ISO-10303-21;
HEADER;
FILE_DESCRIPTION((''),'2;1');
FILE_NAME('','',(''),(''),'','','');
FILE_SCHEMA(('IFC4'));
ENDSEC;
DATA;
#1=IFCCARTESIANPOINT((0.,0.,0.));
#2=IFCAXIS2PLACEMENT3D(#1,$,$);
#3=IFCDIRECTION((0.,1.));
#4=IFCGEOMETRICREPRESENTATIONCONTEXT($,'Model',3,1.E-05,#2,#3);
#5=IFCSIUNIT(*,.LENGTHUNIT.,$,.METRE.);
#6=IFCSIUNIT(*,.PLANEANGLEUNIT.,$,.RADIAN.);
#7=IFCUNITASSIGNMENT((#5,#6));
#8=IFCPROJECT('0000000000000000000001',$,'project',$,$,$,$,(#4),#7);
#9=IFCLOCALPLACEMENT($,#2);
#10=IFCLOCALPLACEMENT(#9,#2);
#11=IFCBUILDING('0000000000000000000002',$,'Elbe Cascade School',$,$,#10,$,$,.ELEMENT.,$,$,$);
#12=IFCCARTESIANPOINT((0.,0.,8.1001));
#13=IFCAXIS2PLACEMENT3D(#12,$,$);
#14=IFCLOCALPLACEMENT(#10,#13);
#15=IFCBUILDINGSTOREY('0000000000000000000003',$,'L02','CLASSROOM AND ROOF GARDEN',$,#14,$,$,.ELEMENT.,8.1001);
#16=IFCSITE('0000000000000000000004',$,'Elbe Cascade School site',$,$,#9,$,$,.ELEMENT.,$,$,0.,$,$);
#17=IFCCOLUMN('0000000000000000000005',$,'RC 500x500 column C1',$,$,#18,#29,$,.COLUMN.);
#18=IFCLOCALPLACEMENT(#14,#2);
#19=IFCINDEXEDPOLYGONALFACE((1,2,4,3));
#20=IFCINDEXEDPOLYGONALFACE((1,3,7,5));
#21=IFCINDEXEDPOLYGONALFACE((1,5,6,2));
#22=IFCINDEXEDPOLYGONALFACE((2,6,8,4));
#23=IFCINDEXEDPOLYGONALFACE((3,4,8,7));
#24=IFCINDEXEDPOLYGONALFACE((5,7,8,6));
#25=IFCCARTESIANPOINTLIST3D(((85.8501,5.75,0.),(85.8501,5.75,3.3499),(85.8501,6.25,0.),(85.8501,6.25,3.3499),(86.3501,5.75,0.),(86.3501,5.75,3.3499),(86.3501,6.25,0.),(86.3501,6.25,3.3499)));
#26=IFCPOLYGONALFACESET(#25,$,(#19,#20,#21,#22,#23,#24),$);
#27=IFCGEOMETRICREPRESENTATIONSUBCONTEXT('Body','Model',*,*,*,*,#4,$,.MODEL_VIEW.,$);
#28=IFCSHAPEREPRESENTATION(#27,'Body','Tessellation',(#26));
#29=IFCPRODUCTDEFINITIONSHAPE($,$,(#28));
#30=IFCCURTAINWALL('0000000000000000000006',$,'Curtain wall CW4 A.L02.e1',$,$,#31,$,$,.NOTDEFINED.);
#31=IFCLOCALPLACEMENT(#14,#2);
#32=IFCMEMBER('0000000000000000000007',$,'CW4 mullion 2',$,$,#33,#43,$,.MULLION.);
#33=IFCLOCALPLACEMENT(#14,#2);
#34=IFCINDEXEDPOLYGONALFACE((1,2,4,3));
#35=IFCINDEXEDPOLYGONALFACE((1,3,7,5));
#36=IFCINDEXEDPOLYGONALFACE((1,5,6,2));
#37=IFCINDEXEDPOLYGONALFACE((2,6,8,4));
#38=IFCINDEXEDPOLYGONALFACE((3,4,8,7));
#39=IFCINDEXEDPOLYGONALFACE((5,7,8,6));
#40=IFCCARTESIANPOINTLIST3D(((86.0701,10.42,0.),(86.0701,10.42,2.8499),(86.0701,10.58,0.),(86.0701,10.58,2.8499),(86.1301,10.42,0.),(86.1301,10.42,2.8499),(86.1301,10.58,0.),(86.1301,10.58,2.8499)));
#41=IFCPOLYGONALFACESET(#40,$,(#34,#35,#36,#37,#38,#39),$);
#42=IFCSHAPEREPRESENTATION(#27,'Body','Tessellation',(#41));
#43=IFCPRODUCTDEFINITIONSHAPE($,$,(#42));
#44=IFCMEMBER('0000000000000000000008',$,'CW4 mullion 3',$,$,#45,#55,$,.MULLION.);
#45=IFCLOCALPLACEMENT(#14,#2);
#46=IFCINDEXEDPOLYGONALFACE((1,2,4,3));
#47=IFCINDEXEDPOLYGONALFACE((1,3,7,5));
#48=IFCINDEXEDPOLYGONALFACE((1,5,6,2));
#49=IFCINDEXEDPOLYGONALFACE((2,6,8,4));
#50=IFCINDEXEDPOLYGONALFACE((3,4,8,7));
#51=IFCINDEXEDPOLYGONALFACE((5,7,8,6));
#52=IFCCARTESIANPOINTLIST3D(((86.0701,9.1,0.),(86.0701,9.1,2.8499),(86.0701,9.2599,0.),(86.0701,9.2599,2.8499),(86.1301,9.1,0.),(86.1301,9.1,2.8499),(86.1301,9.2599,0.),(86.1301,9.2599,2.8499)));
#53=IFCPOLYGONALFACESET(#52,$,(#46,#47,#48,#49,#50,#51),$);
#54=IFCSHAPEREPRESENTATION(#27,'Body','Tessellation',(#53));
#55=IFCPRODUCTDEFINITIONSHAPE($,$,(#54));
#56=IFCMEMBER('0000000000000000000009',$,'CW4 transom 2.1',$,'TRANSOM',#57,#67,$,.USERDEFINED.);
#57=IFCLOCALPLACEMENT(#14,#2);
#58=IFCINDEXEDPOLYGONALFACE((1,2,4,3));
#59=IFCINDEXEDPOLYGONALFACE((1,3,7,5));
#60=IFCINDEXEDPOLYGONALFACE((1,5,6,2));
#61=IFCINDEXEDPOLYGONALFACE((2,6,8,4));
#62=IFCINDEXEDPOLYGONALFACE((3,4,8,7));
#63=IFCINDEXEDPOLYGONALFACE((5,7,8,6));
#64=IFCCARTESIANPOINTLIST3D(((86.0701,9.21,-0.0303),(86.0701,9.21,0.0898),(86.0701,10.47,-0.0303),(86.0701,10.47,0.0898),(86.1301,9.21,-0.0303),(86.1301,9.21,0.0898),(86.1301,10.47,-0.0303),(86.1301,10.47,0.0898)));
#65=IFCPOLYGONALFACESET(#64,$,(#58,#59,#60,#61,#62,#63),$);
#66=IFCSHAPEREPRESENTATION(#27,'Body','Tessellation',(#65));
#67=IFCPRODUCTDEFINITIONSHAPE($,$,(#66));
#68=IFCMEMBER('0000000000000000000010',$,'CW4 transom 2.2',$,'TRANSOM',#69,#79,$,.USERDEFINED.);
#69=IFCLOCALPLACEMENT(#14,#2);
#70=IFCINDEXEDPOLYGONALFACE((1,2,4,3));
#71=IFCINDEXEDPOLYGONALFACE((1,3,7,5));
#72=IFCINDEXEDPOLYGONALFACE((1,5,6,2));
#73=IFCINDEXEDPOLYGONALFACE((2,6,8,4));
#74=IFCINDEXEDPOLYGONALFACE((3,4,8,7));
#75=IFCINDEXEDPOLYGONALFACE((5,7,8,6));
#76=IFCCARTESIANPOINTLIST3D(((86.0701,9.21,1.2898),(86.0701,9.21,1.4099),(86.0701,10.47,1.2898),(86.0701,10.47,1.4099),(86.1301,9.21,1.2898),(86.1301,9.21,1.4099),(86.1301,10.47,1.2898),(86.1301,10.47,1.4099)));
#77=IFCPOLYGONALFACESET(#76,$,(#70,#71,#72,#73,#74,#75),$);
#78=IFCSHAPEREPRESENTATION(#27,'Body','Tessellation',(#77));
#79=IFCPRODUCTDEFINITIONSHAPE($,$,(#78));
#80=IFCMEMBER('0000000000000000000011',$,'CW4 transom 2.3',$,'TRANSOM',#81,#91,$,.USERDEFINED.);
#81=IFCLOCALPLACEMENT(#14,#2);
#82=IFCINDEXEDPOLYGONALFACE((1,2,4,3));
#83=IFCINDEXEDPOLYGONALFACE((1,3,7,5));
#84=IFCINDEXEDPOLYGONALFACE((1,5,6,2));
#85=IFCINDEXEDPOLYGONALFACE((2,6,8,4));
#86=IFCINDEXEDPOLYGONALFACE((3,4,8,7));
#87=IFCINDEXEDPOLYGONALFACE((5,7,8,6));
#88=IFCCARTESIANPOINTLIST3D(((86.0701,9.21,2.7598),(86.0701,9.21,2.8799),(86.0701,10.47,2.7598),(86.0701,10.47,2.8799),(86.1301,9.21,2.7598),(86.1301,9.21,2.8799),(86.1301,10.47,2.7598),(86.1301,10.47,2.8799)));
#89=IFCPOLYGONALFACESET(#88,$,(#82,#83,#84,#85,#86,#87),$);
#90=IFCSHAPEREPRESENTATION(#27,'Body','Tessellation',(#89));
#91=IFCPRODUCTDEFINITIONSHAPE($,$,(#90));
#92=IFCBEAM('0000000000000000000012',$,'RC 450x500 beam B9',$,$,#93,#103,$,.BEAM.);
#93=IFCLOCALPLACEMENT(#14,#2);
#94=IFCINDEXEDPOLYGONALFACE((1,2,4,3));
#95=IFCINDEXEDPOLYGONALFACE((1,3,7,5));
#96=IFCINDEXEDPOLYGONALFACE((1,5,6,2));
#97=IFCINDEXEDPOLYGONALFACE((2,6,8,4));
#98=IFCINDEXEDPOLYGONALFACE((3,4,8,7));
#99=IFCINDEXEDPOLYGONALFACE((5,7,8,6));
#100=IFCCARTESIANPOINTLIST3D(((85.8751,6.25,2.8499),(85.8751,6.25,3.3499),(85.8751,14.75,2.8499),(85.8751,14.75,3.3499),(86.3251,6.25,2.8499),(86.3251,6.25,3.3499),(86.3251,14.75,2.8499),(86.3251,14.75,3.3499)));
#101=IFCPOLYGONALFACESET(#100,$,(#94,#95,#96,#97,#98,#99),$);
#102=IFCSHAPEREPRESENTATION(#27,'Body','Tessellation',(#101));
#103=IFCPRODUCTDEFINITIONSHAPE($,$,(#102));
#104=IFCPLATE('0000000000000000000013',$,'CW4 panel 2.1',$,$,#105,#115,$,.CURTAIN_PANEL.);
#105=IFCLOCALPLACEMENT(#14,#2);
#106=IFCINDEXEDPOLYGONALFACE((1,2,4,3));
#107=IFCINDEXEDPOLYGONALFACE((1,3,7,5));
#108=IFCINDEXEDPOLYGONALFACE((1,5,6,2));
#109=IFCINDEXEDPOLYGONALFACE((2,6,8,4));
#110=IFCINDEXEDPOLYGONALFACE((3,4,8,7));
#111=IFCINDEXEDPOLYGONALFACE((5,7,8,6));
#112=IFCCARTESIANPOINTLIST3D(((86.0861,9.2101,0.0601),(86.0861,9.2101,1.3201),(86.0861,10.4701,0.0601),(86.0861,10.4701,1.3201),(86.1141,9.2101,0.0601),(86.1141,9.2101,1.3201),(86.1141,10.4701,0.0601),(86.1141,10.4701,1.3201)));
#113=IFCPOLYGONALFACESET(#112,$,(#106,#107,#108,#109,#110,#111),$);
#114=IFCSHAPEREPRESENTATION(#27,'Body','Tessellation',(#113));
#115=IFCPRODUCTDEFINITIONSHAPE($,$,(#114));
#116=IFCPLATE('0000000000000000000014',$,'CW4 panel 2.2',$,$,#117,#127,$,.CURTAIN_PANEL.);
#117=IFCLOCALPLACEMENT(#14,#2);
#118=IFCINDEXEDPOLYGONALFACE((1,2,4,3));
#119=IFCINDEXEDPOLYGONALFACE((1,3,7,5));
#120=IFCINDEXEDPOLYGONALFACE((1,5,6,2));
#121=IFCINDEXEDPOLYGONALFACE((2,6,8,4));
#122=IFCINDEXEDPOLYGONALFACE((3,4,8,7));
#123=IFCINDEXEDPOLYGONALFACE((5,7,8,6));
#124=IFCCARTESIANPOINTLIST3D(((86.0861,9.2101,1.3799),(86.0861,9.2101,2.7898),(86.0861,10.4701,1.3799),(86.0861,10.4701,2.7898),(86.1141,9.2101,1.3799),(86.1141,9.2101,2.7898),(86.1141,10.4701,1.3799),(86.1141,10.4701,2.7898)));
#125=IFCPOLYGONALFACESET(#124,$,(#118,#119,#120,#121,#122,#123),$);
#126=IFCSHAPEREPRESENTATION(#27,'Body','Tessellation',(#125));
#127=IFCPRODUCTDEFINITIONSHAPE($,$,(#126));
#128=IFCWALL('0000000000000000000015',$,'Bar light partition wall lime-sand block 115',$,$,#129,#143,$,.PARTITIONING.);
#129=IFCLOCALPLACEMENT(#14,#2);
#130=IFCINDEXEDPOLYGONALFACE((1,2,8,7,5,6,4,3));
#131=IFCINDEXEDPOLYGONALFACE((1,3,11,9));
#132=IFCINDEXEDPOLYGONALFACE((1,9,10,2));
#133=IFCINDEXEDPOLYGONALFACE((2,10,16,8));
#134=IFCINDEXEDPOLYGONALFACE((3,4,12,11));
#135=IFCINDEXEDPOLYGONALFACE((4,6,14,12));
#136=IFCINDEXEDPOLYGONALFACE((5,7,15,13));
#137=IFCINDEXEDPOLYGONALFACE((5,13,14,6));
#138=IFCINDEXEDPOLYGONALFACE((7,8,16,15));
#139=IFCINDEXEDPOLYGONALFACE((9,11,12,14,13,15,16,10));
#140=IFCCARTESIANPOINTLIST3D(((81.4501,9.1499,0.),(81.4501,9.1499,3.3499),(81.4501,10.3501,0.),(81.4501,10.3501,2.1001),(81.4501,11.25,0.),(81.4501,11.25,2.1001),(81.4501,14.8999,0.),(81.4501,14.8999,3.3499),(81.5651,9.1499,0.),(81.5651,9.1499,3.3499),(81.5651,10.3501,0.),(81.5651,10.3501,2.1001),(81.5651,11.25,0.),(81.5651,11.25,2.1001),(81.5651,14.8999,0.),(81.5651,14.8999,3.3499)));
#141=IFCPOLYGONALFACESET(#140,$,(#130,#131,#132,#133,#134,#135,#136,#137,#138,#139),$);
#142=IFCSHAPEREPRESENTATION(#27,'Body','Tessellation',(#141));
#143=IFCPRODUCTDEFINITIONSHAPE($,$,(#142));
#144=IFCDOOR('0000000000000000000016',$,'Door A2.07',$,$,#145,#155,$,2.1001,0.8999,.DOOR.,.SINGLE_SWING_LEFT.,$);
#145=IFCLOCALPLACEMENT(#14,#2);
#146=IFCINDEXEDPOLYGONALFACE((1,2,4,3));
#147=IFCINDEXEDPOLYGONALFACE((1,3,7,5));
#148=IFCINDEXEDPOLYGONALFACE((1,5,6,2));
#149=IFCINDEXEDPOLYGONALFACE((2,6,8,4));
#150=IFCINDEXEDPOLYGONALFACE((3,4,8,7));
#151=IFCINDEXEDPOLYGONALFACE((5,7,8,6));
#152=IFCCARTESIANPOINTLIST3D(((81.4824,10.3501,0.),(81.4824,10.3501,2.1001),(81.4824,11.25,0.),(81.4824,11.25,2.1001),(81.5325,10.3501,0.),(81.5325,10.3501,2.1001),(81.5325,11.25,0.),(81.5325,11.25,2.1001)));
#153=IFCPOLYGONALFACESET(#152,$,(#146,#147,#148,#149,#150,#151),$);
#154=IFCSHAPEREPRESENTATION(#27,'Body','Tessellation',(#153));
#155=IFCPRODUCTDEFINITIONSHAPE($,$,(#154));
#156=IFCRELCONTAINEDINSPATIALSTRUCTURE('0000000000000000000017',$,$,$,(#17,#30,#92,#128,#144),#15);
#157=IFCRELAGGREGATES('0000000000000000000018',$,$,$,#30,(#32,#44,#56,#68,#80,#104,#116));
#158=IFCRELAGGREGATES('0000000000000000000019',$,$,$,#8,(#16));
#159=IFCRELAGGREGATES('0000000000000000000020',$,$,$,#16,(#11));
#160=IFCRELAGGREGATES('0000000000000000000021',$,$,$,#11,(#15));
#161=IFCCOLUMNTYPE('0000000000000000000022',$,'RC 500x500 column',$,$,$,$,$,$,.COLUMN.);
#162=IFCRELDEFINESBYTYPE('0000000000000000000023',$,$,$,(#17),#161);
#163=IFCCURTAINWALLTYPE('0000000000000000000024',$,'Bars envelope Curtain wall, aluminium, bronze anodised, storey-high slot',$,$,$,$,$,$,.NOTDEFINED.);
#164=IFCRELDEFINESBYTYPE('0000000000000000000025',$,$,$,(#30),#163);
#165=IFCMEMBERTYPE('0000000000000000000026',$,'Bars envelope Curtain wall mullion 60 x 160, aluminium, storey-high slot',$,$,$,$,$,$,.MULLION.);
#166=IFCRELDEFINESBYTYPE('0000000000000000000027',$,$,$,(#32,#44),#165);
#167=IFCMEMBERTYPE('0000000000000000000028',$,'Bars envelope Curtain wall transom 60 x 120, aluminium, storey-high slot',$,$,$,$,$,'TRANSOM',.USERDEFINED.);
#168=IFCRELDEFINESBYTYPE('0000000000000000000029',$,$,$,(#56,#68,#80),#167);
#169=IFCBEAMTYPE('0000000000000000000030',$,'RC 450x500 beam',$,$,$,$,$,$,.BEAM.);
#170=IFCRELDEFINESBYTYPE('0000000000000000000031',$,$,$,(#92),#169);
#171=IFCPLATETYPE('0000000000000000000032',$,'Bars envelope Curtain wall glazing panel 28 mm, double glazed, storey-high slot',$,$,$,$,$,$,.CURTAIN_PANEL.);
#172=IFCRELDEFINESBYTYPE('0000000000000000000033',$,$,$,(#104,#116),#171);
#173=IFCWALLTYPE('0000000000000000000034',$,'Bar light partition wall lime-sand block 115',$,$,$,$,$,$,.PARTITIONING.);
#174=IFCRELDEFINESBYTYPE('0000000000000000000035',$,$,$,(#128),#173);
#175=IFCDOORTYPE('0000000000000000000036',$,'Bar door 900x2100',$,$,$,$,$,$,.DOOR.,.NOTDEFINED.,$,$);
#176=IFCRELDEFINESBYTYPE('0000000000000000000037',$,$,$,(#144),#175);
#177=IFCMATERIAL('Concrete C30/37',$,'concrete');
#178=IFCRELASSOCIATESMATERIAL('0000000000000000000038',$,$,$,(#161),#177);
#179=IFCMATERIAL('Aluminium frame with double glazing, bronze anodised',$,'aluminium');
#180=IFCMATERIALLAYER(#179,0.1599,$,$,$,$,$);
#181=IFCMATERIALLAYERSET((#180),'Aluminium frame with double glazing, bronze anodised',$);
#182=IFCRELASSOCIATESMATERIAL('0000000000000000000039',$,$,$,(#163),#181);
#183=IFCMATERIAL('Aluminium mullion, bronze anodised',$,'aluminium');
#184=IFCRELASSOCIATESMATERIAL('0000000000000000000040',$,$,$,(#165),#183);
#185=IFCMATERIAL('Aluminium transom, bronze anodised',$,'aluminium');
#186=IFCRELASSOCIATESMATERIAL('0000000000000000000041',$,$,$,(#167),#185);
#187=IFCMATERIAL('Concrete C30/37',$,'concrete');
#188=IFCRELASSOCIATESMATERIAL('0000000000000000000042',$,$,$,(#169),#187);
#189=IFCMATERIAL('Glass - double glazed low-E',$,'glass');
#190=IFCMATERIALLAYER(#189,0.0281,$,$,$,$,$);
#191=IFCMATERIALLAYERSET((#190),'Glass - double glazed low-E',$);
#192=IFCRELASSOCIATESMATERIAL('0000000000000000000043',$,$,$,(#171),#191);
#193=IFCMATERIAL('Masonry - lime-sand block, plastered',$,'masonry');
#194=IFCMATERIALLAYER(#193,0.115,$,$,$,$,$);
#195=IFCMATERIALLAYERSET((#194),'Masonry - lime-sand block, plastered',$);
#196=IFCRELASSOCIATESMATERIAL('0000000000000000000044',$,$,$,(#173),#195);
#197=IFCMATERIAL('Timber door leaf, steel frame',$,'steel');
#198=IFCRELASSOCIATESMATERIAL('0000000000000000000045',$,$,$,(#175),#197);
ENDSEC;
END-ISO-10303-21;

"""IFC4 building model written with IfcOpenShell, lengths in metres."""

from ifc_helpers import new_model, si_unit, direction, frame, frame_2d, origin, origin_2d, place, context, subcontext, project, spatial, rectangle, extrude, material, layer, layer_set, material_profile, profile_set, type_object, element, fill, aggregate, save


model = new_model("IFC4")

# Units and contexts
model_context = context("Model", 3, precision=1e-05, world=origin(), true_north=direction((0.0, 1.0)))
body_context = subcontext(model_context, "Body", "Model", "MODEL_VIEW")
ifc_project = project(units=[si_unit("LENGTHUNIT", "METRE"), si_unit("PLANEANGLEUNIT", "RADIAN")], contexts=[model_context])

# Site, building, storey
site_placement = place(None, origin())
site = spatial("IfcSite", under=ifc_project, at=site_placement, Name="Elbe Cascade School site", CompositionType="ELEMENT", RefElevation=0.0)
building_placement = place(site_placement, origin())
building = spatial("IfcBuilding", under=site, at=building_placement, Name="Elbe Cascade School", CompositionType="ELEMENT")
storey_placement = place(building_placement, frame((0.0, 0.0, 8.1001)))
storey = spatial("IfcBuildingStorey", under=building, at=storey_placement, Name="L02", Description="CLASSROOM AND ROOF GARDEN", CompositionType="ELEMENT", Elevation=8.1001)

# Column
ifc_material_1 = material(Name="Concrete C30/37", Category="concrete")
ifc_material_profile_1 = material_profile(ifc_material_1, rectangle(XDim=0.5, YDim=0.5, at=origin_2d()), Name="RC 500x500")
ifc_profile_set_1 = profile_set([ifc_material_profile_1], Name="Concrete C30/37")
column_type = type_object("IfcColumnType", Name="RC 500x500 column", PredefinedType="COLUMN", material=ifc_profile_set_1)
column_placement = place(storey_placement, frame((86.1001, 6.0, 0.0), z_axis=(0.0, 0.0, 1.0), x_axis=(1.0, 0.0, 0.0)))
element("IfcColumn", 1, at=column_placement, inside=storey, type_object=column_type, Name="RC 500x500 column C1", PredefinedType="COLUMN", context=body_context, shape_type="SweptSolid", body=[
    extrude(rectangle(XDim=0.5, YDim=0.5, at=origin_2d()), origin(), (0.0, 0.0, 1.0), 3.3499),
])

# Curtain wall, members
ifc_material_2 = material(Name="Aluminium frame with double glazing, bronze anodised", Category="aluminium")
ifc_layer_1 = layer(ifc_material_2, 0.1599)
ifc_layer_set_1 = layer_set([ifc_layer_1], Name="Aluminium frame with double glazing, bronze anodised")
curtain_wall_type = type_object("IfcCurtainWallType", Name="Bars envelope Curtain wall, aluminium, bronze anodised, storey-high slot", PredefinedType="NOTDEFINED", material=ifc_layer_set_1)
curtain_wall_placement = place(storey_placement, origin())
curtain_wall = element("IfcCurtainWall", 2, at=curtain_wall_placement, inside=storey, type_object=curtain_wall_type, Name="Curtain wall CW4 A.L02.e1", PredefinedType="NOTDEFINED")
ifc_material_3 = material(Name="Aluminium mullion, bronze anodised", Category="aluminium")
ifc_material_profile_2 = material_profile(ifc_material_3, rectangle(XDim=0.0601, YDim=0.1599, at=origin_2d()), Name="Bars envelope Curtain wall mullion 60 x 160, aluminium, storey-high slot")
ifc_profile_set_2 = profile_set([ifc_material_profile_2], Name="Aluminium mullion, bronze anodised")
member_type_1 = type_object("IfcMemberType", Name="Bars envelope Curtain wall mullion 60 x 160, aluminium, storey-high slot", PredefinedType="MULLION", material=ifc_profile_set_2)
member_1_placement = place(storey_placement, frame((86.1001, 10.5, 0.0), z_axis=(0.0, 0.0, 1.0), x_axis=(1.0, 0.0, 0.0)))
member_1 = element("IfcMember", 3, at=member_1_placement, type_object=member_type_1, Name="CW4 mullion 2", PredefinedType="MULLION", context=body_context, shape_type="SweptSolid", body=[
    extrude(rectangle(XDim=0.0601, YDim=0.1599, at=origin_2d()), origin(), (0.0, 0.0, 1.0), 2.8499),
])
member_2_placement = place(storey_placement, frame((86.1001, 9.1799, 0.0), z_axis=(0.0, 0.0, 1.0), x_axis=(1.0, 0.0, 0.0)))
member_2 = element("IfcMember", 4, at=member_2_placement, type_object=member_type_1, Name="CW4 mullion 3", PredefinedType="MULLION", context=body_context, shape_type="SweptSolid", body=[
    extrude(rectangle(XDim=0.0601, YDim=0.1599, at=origin_2d()), origin(), (0.0, 0.0, 1.0), 2.8499),
])
ifc_material_4 = material(Name="Aluminium transom, bronze anodised", Category="aluminium")
ifc_material_profile_3 = material_profile(ifc_material_4, rectangle(XDim=0.0601, YDim=0.1201, at=origin_2d()), Name="Bars envelope Curtain wall transom 60 x 120, aluminium, storey-high slot")
ifc_profile_set_3 = profile_set([ifc_material_profile_3], Name="Aluminium transom, bronze anodised")
member_type_2 = type_object("IfcMemberType", Name="Bars envelope Curtain wall transom 60 x 120, aluminium, storey-high slot", ElementType="TRANSOM", PredefinedType="USERDEFINED", material=ifc_profile_set_3)
member_3_placement = place(storey_placement, frame((86.1001, 10.47, 0.0298), z_axis=(0.0, -1.0, 0.0), x_axis=(1.0, 0.0, 0.0)))
member_3 = element("IfcMember", 5, at=member_3_placement, type_object=member_type_2, Name="CW4 transom 2.1", ObjectType="TRANSOM", PredefinedType="USERDEFINED", context=body_context, shape_type="SweptSolid", body=[
    extrude(rectangle(XDim=0.0601, YDim=0.1201, at=origin_2d()), origin(), (0.0, 0.0, 1.0), 1.26),
])
member_4_placement = place(storey_placement, frame((86.1001, 10.47, 1.3499), z_axis=(0.0, -1.0, 0.0), x_axis=(1.0, 0.0, 0.0)))
member_4 = element("IfcMember", 6, at=member_4_placement, type_object=member_type_2, Name="CW4 transom 2.2", ObjectType="TRANSOM", PredefinedType="USERDEFINED", context=body_context, shape_type="SweptSolid", body=[
    extrude(rectangle(XDim=0.0601, YDim=0.1201, at=origin_2d()), origin(), (0.0, 0.0, 1.0), 1.26),
])
member_5_placement = place(storey_placement, frame((86.1001, 10.47, 2.8198), z_axis=(0.0, -1.0, 0.0), x_axis=(1.0, 0.0, 0.0)))
member_5 = element("IfcMember", 7, at=member_5_placement, type_object=member_type_2, Name="CW4 transom 2.3", ObjectType="TRANSOM", PredefinedType="USERDEFINED", context=body_context, shape_type="SweptSolid", body=[
    extrude(rectangle(XDim=0.0601, YDim=0.1201, at=origin_2d()), origin(), (0.0, 0.0, 1.0), 1.26),
])

# Beam
ifc_material_5 = material(Name="Concrete C30/37", Category="concrete")
ifc_material_profile_4 = material_profile(ifc_material_5, rectangle(XDim=0.45, YDim=0.5, at=origin_2d()), Name="RC 450x500")
ifc_profile_set_4 = profile_set([ifc_material_profile_4], Name="Concrete C30/37")
beam_type = type_object("IfcBeamType", Name="RC 450x500 beam", PredefinedType="BEAM", material=ifc_profile_set_4)
beam_placement = place(storey_placement, frame((86.1001, 6.25, 3.0999), z_axis=(0.0, 1.0, 0.0), x_axis=(-1.0, 0.0, 0.0)))
element("IfcBeam", 8, at=beam_placement, inside=storey, type_object=beam_type, Name="RC 450x500 beam B9", PredefinedType="BEAM", context=body_context, shape_type="SweptSolid", body=[
    extrude(rectangle(XDim=0.45, YDim=0.5, at=origin_2d()), origin(), (0.0, 0.0, 1.0), 8.5),
])

# Plates
ifc_material_6 = material(Name="Glass - double glazed low-E", Category="glass")
ifc_layer_2 = layer(ifc_material_6, 0.0281)
ifc_layer_set_2 = layer_set([ifc_layer_2], Name="Glass - double glazed low-E")
plate_type = type_object("IfcPlateType", Name="Bars envelope Curtain wall glazing panel 28 mm, double glazed, storey-high slot", PredefinedType="CURTAIN_PANEL", material=ifc_layer_set_2)
plate_1_placement = place(storey_placement, frame((86.1001, 9.8401, 0.0601), z_axis=(0.0, 0.0, 1.0), x_axis=(0.0, -1.0, 0.0)))
plate_1 = element("IfcPlate", 9, at=plate_1_placement, type_object=plate_type, Name="CW4 panel 2.1", PredefinedType="CURTAIN_PANEL", context=body_context, shape_type="SweptSolid", body=[
    extrude(rectangle(XDim=1.26, YDim=0.0281, at=origin_2d()), origin(), (0.0, 0.0, 1.0), 1.26),
])
plate_2_placement = place(storey_placement, frame((86.1001, 9.8401, 1.3799), z_axis=(0.0, 0.0, 1.0), x_axis=(0.0, -1.0, 0.0)))
plate_2 = element("IfcPlate", 10, at=plate_2_placement, type_object=plate_type, Name="CW4 panel 2.2", PredefinedType="CURTAIN_PANEL", context=body_context, shape_type="SweptSolid", body=[
    extrude(rectangle(XDim=1.26, YDim=0.0281, at=origin_2d()), origin(), (0.0, 0.0, 1.0), 1.4099),
])
aggregate(curtain_wall, [member_1, member_2, member_3, member_4, member_5, plate_1, plate_2])

# Wall, opening, door
ifc_material_7 = material(Name="Masonry - lime-sand block, plastered", Category="masonry")
ifc_layer_3 = layer(ifc_material_7, 0.115)
ifc_layer_set_3 = layer_set([ifc_layer_3], Name="Masonry - lime-sand block, plastered")
wall_type_1 = type_object("IfcWallType", Name="Bar light partition wall lime-sand block 115", PredefinedType="PARTITIONING", material=ifc_layer_set_3)
wall_1_placement = place(storey_placement, frame((81.5076, 14.8999, 0.0), z_axis=(0.0, 0.0, 1.0), x_axis=(0.0, -1.0, 0.0)))
wall_1 = element("IfcWall", 11, at=wall_1_placement, inside=storey, type_object=wall_type_1, Name="Bar light partition wall lime-sand block 115", PredefinedType="PARTITIONING", context=body_context, shape_type="SweptSolid", body=[
    extrude(rectangle(XDim=5.75, YDim=0.115, at=frame_2d((2.875, 0.0))), origin(), (0.0, 0.0, 1.0), 3.3499),
])
opening_1_placement = place(wall_1_placement, frame((3.6499, 0.0, 0.0)))
opening_1 = element("IfcOpeningElement", 12, at=opening_1_placement, cuts=wall_1, PredefinedType="OPENING", context=body_context, shape_type="SweptSolid", body=[
    extrude(rectangle(XDim=0.8999, YDim=2.1001, at=frame_2d((0.45, 1.05))), frame((0.0, 0.0674, 0.0), z_axis=(0.0, -1.0, 0.0), x_axis=(1.0, 0.0, 0.0)), (0.0, 0.0, 1.0), 0.135),
])
ifc_material_8 = material(Name="Timber door leaf, steel frame", Category="steel")
door_type = type_object("IfcDoorType", Name="Bar door 900x2100", OperationType="NOTDEFINED", PredefinedType="DOOR", material=ifc_material_8)
door_1_placement = place(opening_1_placement, origin())
door_1 = element("IfcDoor", 13, at=door_1_placement, inside=storey, type_object=door_type, Name="Door A2.07", OperationType="SINGLE_SWING_LEFT", OverallHeight=2.1001, OverallWidth=0.8999, PredefinedType="DOOR", context=body_context, shape_type="SweptSolid", body=[
    extrude(rectangle(XDim=0.8999, YDim=2.1001, at=frame_2d((0.45, 1.05))), frame((0.0, 0.0249, 0.0), z_axis=(0.0, -1.0, 0.0), x_axis=(1.0, 0.0, 0.0)), (0.0, 0.0, 1.0), 0.05),
])
fill(opening_1, door_1)

save(model, "model.ifc")
